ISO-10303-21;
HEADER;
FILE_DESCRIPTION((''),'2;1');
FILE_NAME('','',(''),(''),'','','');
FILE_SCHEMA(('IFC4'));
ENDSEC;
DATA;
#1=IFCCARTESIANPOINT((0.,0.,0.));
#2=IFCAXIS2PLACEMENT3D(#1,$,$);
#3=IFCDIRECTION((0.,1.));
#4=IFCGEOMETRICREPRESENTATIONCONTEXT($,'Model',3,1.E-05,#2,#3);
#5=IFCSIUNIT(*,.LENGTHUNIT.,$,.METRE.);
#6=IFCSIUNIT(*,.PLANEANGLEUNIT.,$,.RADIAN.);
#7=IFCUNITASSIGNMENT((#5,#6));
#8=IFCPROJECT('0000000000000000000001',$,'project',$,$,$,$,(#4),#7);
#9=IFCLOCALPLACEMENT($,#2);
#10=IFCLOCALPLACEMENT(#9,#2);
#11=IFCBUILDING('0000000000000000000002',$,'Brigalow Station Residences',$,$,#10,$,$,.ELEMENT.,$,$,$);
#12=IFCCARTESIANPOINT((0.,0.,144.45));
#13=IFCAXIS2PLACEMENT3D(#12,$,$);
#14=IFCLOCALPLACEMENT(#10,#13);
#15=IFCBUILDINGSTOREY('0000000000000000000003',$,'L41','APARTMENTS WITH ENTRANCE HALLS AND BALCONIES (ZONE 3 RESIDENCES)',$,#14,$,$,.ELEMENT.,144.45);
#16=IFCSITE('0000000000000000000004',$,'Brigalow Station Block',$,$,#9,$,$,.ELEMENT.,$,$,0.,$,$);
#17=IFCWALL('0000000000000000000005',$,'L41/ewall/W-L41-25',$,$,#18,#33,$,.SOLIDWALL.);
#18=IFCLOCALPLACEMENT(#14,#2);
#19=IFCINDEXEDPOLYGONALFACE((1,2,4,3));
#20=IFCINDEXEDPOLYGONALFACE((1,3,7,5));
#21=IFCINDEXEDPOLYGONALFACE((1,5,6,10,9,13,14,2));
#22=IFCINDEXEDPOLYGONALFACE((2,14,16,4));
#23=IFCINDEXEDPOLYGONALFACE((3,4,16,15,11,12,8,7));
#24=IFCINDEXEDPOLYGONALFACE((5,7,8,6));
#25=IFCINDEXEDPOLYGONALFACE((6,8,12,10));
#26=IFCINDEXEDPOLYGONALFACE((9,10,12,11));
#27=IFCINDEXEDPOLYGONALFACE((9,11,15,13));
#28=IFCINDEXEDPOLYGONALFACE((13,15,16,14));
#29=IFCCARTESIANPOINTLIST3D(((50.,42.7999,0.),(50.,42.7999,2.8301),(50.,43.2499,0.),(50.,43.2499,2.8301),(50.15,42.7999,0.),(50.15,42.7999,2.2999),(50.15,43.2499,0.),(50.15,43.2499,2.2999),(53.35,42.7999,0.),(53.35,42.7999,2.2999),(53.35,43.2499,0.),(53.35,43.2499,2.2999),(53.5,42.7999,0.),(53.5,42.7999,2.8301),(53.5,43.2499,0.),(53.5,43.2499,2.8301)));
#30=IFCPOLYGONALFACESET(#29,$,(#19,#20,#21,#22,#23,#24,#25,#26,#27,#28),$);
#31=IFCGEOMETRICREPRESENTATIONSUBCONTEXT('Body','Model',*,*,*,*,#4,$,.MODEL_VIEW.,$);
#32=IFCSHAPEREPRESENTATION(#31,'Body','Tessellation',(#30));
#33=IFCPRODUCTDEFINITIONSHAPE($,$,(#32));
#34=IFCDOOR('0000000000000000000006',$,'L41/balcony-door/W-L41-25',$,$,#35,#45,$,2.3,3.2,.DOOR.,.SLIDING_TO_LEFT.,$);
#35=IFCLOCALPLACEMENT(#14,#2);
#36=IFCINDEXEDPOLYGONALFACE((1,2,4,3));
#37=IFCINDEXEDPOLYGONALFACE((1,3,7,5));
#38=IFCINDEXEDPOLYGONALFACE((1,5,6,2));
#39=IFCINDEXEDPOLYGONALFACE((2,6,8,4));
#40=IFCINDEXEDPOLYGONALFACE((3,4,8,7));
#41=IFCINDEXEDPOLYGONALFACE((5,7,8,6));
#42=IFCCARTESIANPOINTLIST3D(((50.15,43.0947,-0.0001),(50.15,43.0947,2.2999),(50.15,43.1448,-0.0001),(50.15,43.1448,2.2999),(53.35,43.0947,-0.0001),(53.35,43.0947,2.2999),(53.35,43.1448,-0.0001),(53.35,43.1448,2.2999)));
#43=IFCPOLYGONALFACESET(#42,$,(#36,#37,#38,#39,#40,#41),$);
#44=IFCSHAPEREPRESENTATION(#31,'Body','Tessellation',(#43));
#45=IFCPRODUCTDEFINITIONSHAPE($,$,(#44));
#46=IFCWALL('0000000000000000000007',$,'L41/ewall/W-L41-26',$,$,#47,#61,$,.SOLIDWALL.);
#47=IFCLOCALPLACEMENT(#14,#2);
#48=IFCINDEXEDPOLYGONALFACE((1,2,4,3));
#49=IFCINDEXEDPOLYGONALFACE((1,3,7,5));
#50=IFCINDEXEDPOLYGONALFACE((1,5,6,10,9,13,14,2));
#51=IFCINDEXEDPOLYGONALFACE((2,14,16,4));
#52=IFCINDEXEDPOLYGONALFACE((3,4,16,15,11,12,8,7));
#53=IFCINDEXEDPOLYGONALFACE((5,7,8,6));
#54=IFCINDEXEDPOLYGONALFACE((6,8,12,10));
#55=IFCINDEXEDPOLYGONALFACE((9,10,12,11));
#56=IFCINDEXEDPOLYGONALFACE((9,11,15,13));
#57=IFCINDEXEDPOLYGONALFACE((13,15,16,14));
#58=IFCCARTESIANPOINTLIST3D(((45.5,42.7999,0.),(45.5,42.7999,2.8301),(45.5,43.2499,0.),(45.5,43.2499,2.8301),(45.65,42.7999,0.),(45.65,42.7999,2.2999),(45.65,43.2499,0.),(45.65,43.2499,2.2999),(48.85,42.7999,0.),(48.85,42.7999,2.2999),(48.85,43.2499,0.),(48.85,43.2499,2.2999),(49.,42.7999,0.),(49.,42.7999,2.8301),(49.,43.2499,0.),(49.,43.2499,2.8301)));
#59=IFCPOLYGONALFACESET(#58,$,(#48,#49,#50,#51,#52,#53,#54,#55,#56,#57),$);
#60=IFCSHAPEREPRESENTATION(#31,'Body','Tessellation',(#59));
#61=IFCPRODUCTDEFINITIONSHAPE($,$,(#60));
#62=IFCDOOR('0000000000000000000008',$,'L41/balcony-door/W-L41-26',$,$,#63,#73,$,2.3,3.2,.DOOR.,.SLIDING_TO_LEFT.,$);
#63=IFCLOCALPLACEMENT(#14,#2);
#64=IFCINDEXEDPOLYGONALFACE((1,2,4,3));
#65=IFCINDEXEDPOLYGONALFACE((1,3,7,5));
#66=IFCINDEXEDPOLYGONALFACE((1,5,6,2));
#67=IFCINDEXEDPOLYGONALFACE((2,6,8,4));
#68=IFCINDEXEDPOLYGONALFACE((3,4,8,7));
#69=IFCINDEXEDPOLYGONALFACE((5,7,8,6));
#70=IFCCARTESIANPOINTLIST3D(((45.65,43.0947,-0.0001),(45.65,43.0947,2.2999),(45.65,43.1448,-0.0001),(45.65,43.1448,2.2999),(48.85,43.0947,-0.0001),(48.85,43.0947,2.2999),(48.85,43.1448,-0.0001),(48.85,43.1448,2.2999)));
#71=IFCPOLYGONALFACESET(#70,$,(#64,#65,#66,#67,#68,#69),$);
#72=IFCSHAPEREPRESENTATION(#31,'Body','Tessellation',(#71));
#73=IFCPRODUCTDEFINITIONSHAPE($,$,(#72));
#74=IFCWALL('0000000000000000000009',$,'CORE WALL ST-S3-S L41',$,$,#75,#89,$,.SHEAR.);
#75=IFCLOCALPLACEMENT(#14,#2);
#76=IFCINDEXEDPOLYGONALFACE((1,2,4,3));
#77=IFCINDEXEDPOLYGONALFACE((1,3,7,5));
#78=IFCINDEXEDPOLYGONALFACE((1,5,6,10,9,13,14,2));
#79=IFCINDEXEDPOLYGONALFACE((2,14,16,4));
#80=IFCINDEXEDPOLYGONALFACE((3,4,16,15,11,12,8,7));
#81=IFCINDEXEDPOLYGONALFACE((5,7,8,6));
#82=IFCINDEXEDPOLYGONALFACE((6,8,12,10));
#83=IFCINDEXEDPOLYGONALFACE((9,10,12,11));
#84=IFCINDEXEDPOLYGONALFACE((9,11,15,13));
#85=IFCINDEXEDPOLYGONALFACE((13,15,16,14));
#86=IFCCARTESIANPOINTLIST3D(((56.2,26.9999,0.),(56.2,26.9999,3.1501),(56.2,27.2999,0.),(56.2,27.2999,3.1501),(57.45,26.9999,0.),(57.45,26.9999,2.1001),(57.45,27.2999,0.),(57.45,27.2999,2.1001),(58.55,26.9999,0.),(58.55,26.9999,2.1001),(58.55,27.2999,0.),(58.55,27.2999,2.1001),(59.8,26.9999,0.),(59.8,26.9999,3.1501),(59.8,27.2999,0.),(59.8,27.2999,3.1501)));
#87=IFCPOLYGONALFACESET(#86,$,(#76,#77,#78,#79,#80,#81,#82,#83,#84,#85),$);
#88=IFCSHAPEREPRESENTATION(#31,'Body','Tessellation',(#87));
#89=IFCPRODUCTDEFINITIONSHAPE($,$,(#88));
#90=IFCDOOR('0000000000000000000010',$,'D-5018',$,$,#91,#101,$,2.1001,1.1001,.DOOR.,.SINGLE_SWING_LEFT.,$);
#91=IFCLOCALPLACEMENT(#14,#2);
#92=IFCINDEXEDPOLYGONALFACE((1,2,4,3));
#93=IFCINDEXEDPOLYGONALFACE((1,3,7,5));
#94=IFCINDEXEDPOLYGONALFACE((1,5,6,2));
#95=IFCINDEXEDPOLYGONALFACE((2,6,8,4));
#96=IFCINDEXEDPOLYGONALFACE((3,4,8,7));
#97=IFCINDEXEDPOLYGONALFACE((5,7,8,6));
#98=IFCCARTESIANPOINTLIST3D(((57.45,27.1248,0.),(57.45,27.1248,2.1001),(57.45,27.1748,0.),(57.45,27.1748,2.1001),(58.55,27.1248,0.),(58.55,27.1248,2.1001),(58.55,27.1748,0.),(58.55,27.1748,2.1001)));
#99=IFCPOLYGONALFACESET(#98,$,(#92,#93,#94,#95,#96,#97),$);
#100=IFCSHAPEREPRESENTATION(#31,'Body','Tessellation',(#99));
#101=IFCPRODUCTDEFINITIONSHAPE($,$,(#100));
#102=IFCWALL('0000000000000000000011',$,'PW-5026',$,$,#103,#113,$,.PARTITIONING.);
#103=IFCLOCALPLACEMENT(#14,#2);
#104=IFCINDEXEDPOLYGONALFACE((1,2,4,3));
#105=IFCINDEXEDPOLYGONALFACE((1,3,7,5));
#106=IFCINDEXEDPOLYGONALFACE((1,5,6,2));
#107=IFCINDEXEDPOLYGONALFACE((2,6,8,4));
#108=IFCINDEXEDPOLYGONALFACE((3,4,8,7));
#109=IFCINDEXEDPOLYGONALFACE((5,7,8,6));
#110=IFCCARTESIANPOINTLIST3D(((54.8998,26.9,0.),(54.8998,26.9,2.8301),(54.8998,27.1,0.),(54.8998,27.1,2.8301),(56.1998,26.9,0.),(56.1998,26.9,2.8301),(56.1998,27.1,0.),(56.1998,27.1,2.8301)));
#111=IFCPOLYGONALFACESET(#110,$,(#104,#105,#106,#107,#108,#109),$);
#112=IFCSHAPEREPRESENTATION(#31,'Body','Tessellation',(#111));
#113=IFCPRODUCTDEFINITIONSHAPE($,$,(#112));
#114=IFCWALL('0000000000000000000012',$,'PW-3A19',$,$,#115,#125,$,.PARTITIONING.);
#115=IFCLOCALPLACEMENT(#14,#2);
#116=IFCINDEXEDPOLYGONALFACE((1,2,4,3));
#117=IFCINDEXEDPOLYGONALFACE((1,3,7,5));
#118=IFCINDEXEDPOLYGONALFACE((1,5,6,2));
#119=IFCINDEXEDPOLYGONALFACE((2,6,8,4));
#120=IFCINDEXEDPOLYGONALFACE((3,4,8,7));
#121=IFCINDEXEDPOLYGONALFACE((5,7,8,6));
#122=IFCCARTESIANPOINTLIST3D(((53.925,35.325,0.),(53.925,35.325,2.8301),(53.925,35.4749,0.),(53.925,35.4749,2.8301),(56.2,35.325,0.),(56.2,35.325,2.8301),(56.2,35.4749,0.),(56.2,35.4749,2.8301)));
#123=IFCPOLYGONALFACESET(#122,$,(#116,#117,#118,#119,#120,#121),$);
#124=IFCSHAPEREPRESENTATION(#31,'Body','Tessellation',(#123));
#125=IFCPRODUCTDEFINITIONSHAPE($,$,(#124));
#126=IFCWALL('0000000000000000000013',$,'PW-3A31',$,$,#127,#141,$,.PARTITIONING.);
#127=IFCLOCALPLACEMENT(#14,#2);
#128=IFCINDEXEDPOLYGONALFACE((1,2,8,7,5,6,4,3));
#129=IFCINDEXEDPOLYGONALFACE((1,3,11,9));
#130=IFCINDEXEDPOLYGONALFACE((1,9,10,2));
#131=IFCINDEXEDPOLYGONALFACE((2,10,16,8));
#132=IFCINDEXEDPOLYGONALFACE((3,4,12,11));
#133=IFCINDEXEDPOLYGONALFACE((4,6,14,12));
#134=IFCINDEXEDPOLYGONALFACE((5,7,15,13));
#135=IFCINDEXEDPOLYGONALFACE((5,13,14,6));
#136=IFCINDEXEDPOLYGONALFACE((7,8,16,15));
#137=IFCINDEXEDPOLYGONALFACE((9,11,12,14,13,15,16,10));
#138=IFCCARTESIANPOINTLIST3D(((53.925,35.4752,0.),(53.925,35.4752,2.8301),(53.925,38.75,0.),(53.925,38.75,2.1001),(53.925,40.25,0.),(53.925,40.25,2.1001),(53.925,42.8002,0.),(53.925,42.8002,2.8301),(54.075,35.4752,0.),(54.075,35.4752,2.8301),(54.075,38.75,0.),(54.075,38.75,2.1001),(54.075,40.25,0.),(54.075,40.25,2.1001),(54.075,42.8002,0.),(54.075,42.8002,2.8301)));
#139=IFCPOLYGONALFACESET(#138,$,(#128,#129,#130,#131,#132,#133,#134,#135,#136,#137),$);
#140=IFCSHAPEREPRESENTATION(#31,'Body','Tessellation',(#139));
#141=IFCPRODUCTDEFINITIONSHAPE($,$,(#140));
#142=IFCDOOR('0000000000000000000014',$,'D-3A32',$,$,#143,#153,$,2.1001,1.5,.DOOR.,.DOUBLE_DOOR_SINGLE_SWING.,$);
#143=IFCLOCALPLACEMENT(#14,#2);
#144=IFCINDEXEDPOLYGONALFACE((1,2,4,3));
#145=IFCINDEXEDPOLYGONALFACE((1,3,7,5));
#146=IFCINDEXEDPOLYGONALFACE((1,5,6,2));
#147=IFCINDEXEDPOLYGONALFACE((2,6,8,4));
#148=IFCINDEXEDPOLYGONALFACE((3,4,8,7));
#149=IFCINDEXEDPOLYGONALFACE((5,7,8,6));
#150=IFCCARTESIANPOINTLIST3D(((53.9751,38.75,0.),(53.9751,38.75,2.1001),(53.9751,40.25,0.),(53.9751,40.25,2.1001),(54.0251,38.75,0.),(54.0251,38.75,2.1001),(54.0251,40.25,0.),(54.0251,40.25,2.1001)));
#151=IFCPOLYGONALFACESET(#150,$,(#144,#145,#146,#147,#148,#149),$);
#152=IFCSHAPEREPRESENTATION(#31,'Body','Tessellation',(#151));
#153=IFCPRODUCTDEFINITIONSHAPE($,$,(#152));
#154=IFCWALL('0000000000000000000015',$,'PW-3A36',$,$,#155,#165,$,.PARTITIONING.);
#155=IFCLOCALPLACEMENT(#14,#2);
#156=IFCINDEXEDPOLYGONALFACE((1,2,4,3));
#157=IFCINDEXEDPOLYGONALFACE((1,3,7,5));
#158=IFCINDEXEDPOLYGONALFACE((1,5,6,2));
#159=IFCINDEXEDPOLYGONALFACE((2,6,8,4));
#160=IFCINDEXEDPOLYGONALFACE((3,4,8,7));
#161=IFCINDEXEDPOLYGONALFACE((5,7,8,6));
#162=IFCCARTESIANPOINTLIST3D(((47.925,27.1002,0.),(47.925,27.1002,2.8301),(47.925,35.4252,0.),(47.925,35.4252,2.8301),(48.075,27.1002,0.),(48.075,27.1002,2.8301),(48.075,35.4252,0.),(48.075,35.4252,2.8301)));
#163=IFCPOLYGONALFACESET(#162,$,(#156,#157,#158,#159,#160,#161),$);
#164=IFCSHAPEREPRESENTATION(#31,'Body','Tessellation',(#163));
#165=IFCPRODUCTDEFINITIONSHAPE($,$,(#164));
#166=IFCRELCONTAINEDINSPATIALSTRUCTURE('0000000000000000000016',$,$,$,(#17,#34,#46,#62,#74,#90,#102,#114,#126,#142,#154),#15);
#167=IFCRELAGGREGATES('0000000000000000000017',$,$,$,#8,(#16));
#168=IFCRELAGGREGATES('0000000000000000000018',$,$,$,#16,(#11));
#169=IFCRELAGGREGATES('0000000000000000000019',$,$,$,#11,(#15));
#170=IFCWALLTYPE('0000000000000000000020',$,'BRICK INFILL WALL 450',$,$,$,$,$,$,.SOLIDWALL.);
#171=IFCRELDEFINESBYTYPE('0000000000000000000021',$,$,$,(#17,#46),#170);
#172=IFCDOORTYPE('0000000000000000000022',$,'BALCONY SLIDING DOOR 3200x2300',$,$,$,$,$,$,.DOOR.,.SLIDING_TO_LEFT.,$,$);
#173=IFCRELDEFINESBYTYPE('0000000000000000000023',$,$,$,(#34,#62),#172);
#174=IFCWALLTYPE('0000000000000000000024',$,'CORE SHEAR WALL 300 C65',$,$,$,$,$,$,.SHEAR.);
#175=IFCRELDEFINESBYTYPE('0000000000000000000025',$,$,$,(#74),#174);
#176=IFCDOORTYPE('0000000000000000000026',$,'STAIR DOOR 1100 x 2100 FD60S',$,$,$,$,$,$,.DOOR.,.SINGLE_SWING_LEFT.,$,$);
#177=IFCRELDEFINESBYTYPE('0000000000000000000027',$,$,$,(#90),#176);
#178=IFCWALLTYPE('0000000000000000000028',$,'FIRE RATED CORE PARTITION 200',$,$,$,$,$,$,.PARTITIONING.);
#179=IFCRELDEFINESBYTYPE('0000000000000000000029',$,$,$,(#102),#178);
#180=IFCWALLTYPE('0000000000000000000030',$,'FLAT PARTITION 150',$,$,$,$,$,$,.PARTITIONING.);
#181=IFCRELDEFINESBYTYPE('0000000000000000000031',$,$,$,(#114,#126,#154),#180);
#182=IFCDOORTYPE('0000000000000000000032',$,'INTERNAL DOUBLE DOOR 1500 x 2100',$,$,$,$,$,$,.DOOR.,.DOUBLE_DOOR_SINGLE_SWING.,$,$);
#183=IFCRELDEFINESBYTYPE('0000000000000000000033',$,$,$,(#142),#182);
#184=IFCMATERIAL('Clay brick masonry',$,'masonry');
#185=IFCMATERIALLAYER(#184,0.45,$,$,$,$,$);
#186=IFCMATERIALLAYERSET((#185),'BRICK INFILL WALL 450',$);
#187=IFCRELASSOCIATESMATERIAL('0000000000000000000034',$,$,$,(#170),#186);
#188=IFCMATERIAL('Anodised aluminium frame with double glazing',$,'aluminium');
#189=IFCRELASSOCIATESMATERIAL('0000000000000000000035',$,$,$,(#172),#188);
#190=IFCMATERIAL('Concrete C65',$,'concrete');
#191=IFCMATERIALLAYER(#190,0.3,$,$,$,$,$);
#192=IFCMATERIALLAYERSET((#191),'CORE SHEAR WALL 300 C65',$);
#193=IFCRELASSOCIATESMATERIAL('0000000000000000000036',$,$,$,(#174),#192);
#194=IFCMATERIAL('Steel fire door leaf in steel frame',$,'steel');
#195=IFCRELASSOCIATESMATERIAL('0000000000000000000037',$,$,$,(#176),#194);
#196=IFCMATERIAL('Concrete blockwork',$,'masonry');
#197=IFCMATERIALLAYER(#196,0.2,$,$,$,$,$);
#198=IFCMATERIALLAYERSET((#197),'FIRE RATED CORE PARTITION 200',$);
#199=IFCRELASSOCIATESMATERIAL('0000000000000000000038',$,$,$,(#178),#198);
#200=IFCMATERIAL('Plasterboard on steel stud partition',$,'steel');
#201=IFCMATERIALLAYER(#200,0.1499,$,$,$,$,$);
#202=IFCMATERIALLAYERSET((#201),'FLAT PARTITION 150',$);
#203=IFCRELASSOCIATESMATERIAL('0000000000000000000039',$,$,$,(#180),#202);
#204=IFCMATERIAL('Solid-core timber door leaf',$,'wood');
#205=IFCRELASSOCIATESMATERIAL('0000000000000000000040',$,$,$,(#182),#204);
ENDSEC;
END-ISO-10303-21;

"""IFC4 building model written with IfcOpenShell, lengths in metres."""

from ifc_helpers import new_model, si_unit, direction, frame, frame_2d, origin, place, context, subcontext, project, spatial, rectangle, extrude, material, layer, layer_set, type_object, element, fill, save


model = new_model("IFC4")

# Units and contexts
model_context = context("Model", 3, precision=1e-05, world=origin(), true_north=direction((0.0, 1.0)))
body_context = subcontext(model_context, "Body", "Model", "MODEL_VIEW")
ifc_project = project(units=[si_unit("LENGTHUNIT", "METRE"), si_unit("PLANEANGLEUNIT", "RADIAN")], contexts=[model_context])

# Site, building, storey
site_placement = place(None, origin())
site = spatial("IfcSite", under=ifc_project, at=site_placement, Name="Brigalow Station Block", CompositionType="ELEMENT", RefElevation=0.0)
building_placement = place(site_placement, origin())
building = spatial("IfcBuilding", under=site, at=building_placement, Name="Brigalow Station Residences", CompositionType="ELEMENT")
storey_placement = place(building_placement, frame((0.0, 0.0, 144.45)))
storey = spatial("IfcBuildingStorey", under=building, at=storey_placement, Name="L41", Description="APARTMENTS WITH ENTRANCE HALLS AND BALCONIES (ZONE 3 RESIDENCES)", CompositionType="ELEMENT", Elevation=144.45)

# Walls, openings, doors
ifc_material_1 = material(Name="Clay brick masonry", Category="masonry")
ifc_layer_1 = layer(ifc_material_1, 0.45)
ifc_layer_set_1 = layer_set([ifc_layer_1], Name="BRICK INFILL WALL 450")
wall_type_1 = type_object("IfcWallType", Name="BRICK INFILL WALL 450", PredefinedType="SOLIDWALL", material=ifc_layer_set_1)
wall_1_placement = place(storey_placement, frame((53.5, 43.0249, 0.0), z_axis=(0.0, 0.0, 1.0), x_axis=(-1.0, 0.0, 0.0)))
wall_1 = element("IfcWall", 1, at=wall_1_placement, inside=storey, type_object=wall_type_1, Name="L41/ewall/W-L41-25", PredefinedType="SOLIDWALL", context=body_context, shape_type="SweptSolid", body=[
    extrude(rectangle(XDim=3.5, YDim=0.45, at=frame_2d((1.75, 0.0))), origin(), (0.0, 0.0, 1.0), 2.8301),
])
opening_1_placement = place(wall_1_placement, frame((0.1499, 0.0, 0.0)))
opening_1 = element("IfcOpeningElement", 2, at=opening_1_placement, cuts=wall_1, PredefinedType="OPENING", context=body_context, shape_type="SweptSolid", body=[
    extrude(rectangle(XDim=3.2, YDim=2.3, at=frame_2d((1.6001, 1.1499))), frame((0.0, 0.2349, 0.0), z_axis=(0.0, -1.0, 0.0), x_axis=(1.0, 0.0, 0.0)), (0.0, 0.0, 1.0), 0.47),
])
ifc_material_2 = material(Name="Anodised aluminium frame with double glazing", Category="aluminium")
door_type_1 = type_object("IfcDoorType", Name="BALCONY SLIDING DOOR 3200x2300", OperationType="SLIDING_TO_LEFT", PredefinedType="DOOR", material=ifc_material_2)
door_1_placement = place(opening_1_placement, origin())
door_1 = element("IfcDoor", 3, at=door_1_placement, inside=storey, type_object=door_type_1, Name="L41/balcony-door/W-L41-25", OperationType="SLIDING_TO_LEFT", OverallHeight=2.3, OverallWidth=3.2, PredefinedType="DOOR", context=body_context, shape_type="SweptSolid", body=[
    extrude(rectangle(XDim=3.2, YDim=2.3, at=frame_2d((1.6001, 1.1499))), frame((0.0, -0.0698, 0.0), z_axis=(0.0, -1.0, 0.0), x_axis=(1.0, 0.0, 0.0)), (0.0, 0.0, 1.0), 0.05),
])
fill(opening_1, door_1)
wall_2_placement = place(storey_placement, frame((49.0, 43.0249, 0.0), z_axis=(0.0, 0.0, 1.0), x_axis=(-1.0, 0.0, 0.0)))
wall_2 = element("IfcWall", 4, at=wall_2_placement, inside=storey, type_object=wall_type_1, Name="L41/ewall/W-L41-26", PredefinedType="SOLIDWALL", context=body_context, shape_type="SweptSolid", body=[
    extrude(rectangle(XDim=3.5, YDim=0.45, at=frame_2d((1.75, 0.0))), origin(), (0.0, 0.0, 1.0), 2.8301),
])
opening_2_placement = place(wall_2_placement, frame((0.1499, 0.0, 0.0)))
opening_2 = element("IfcOpeningElement", 5, at=opening_2_placement, cuts=wall_2, PredefinedType="OPENING", context=body_context, shape_type="SweptSolid", body=[
    extrude(rectangle(XDim=3.2, YDim=2.3, at=frame_2d((1.6001, 1.1499))), frame((0.0, 0.2349, 0.0), z_axis=(0.0, -1.0, 0.0), x_axis=(1.0, 0.0, 0.0)), (0.0, 0.0, 1.0), 0.47),
])
door_2_placement = place(opening_2_placement, origin())
door_2 = element("IfcDoor", 6, at=door_2_placement, inside=storey, type_object=door_type_1, Name="L41/balcony-door/W-L41-26", OperationType="SLIDING_TO_LEFT", OverallHeight=2.3, OverallWidth=3.2, PredefinedType="DOOR", context=body_context, shape_type="SweptSolid", body=[
    extrude(rectangle(XDim=3.2, YDim=2.3, at=frame_2d((1.6001, 1.1499))), frame((0.0, -0.0698, 0.0), z_axis=(0.0, -1.0, 0.0), x_axis=(1.0, 0.0, 0.0)), (0.0, 0.0, 1.0), 0.05),
])
fill(opening_2, door_2)
ifc_material_3 = material(Name="Concrete C65", Category="concrete")
ifc_layer_2 = layer(ifc_material_3, 0.3)
ifc_layer_set_2 = layer_set([ifc_layer_2], Name="CORE SHEAR WALL 300 C65")
wall_type_2 = type_object("IfcWallType", Name="CORE SHEAR WALL 300 C65", PredefinedType="SHEAR", material=ifc_layer_set_2)
wall_3_placement = place(storey_placement, frame((56.2, 27.1499, 0.0), z_axis=(0.0, 0.0, 1.0), x_axis=(1.0, 0.0, 0.0)))
wall_3 = element("IfcWall", 7, at=wall_3_placement, inside=storey, type_object=wall_type_2, Name="CORE WALL ST-S3-S L41", PredefinedType="SHEAR", context=body_context, shape_type="SweptSolid", body=[
    extrude(rectangle(XDim=3.6001, YDim=0.3, at=frame_2d((1.8, 0.0))), origin(), (0.0, 0.0, 1.0), 3.1501),
])
opening_3_placement = place(wall_3_placement, frame((1.25, 0.0, 0.0)))
opening_3 = element("IfcOpeningElement", 8, at=opening_3_placement, cuts=wall_3, PredefinedType="OPENING", context=body_context, shape_type="SweptSolid", body=[
    extrude(rectangle(XDim=1.1001, YDim=2.1001, at=frame_2d((0.55, 1.05))), frame((0.0, 0.1602, 0.0), z_axis=(0.0, -1.0, 0.0), x_axis=(1.0, 0.0, 0.0)), (0.0, 0.0, 1.0), 0.3201),
])
ifc_material_4 = material(Name="Steel fire door leaf in steel frame", Category="steel")
door_type_2 = type_object("IfcDoorType", Name="STAIR DOOR 1100 x 2100 FD60S", OperationType="SINGLE_SWING_LEFT", PredefinedType="DOOR", material=ifc_material_4)
door_3_placement = place(opening_3_placement, origin())
door_3 = element("IfcDoor", 9, at=door_3_placement, inside=storey, type_object=door_type_2, Name="D-5018", OperationType="SINGLE_SWING_LEFT", OverallHeight=2.1001, OverallWidth=1.1001, PredefinedType="DOOR", context=body_context, shape_type="SweptSolid", body=[
    extrude(rectangle(XDim=1.1001, YDim=2.1001, at=frame_2d((0.55, 1.05))), frame((0.0, 0.0249, 0.0), z_axis=(0.0, -1.0, 0.0), x_axis=(1.0, 0.0, 0.0)), (0.0, 0.0, 1.0), 0.05),
])
fill(opening_3, door_3)

# Walls
ifc_material_5 = material(Name="Concrete blockwork", Category="masonry")
ifc_layer_3 = layer(ifc_material_5, 0.2)
ifc_layer_set_3 = layer_set([ifc_layer_3], Name="FIRE RATED CORE PARTITION 200")
wall_type_3 = type_object("IfcWallType", Name="FIRE RATED CORE PARTITION 200", PredefinedType="PARTITIONING", material=ifc_layer_set_3)
wall_4_placement = place(storey_placement, frame((54.8999, 27.0, 0.0), z_axis=(0.0, 0.0, 1.0), x_axis=(1.0, 0.0, 0.0)))
element("IfcWall", 10, at=wall_4_placement, inside=storey, type_object=wall_type_3, Name="PW-5026", PredefinedType="PARTITIONING", context=body_context, shape_type="SweptSolid", body=[
    extrude(rectangle(XDim=1.3, YDim=0.2, at=frame_2d((0.6499, 0.0))), origin(), (0.0, 0.0, 1.0), 2.8301),
])
ifc_material_6 = material(Name="Plasterboard on steel stud partition", Category="steel")
ifc_layer_4 = layer(ifc_material_6, 0.1499)
ifc_layer_set_4 = layer_set([ifc_layer_4], Name="FLAT PARTITION 150")
wall_type_4 = type_object("IfcWallType", Name="FLAT PARTITION 150", PredefinedType="PARTITIONING", material=ifc_layer_set_4)
wall_5_placement = place(storey_placement, frame((53.925, 35.3999, 0.0), z_axis=(0.0, 0.0, 1.0), x_axis=(1.0, 0.0, 0.0)))
element("IfcWall", 11, at=wall_5_placement, inside=storey, type_object=wall_type_4, Name="PW-3A19", PredefinedType="PARTITIONING", context=body_context, shape_type="SweptSolid", body=[
    extrude(rectangle(XDim=2.2749, YDim=0.1499, at=frame_2d((1.1375, 0.0))), origin(), (0.0, 0.0, 1.0), 2.8301),
])

# Wall, opening, door
wall_6_placement = place(storey_placement, frame((54.0, 35.4751, 0.0), z_axis=(0.0, 0.0, 1.0), x_axis=(0.0, 1.0, 0.0)))
wall_6 = element("IfcWall", 12, at=wall_6_placement, inside=storey, type_object=wall_type_4, Name="PW-3A31", PredefinedType="PARTITIONING", context=body_context, shape_type="SweptSolid", body=[
    extrude(rectangle(XDim=7.325, YDim=0.1499, at=frame_2d((3.6626, 0.0))), origin(), (0.0, 0.0, 1.0), 2.8301),
])
opening_4_placement = place(wall_6_placement, frame((3.2749, 0.0, 0.0)))
opening_4 = element("IfcOpeningElement", 13, at=opening_4_placement, cuts=wall_6, PredefinedType="OPENING", context=body_context, shape_type="SweptSolid", body=[
    extrude(rectangle(XDim=1.5, YDim=2.1001, at=frame_2d((0.75, 1.05))), frame((0.0, 0.085, 0.0), z_axis=(0.0, -1.0, 0.0), x_axis=(1.0, 0.0, 0.0)), (0.0, 0.0, 1.0), 0.1699),
])
ifc_material_7 = material(Name="Solid-core timber door leaf", Category="wood")
door_type_3 = type_object("IfcDoorType", Name="INTERNAL DOUBLE DOOR 1500 x 2100", OperationType="DOUBLE_DOOR_SINGLE_SWING", PredefinedType="DOOR", material=ifc_material_7)
door_4_placement = place(opening_4_placement, origin())
door_4 = element("IfcDoor", 14, at=door_4_placement, inside=storey, type_object=door_type_3, Name="D-3A32", OperationType="DOUBLE_DOOR_SINGLE_SWING", OverallHeight=2.1001, OverallWidth=1.5, PredefinedType="DOOR", context=body_context, shape_type="SweptSolid", body=[
    extrude(rectangle(XDim=1.5, YDim=2.1001, at=frame_2d((0.75, 1.05))), frame((0.0, 0.0249, 0.0), z_axis=(0.0, -1.0, 0.0), x_axis=(1.0, 0.0, 0.0)), (0.0, 0.0, 1.0), 0.05),
])
fill(opening_4, door_4)

# Wall
wall_7_placement = place(storey_placement, frame((48.0, 27.1001, 0.0), z_axis=(0.0, 0.0, 1.0), x_axis=(0.0, 1.0, 0.0)))
element("IfcWall", 15, at=wall_7_placement, inside=storey, type_object=wall_type_4, Name="PW-3A36", PredefinedType="PARTITIONING", context=body_context, shape_type="SweptSolid", body=[
    extrude(rectangle(XDim=8.325, YDim=0.1499, at=frame_2d((4.1626, 0.0))), origin(), (0.0, 0.0, 1.0), 2.8301),
])

save(model, "model.ifc")
